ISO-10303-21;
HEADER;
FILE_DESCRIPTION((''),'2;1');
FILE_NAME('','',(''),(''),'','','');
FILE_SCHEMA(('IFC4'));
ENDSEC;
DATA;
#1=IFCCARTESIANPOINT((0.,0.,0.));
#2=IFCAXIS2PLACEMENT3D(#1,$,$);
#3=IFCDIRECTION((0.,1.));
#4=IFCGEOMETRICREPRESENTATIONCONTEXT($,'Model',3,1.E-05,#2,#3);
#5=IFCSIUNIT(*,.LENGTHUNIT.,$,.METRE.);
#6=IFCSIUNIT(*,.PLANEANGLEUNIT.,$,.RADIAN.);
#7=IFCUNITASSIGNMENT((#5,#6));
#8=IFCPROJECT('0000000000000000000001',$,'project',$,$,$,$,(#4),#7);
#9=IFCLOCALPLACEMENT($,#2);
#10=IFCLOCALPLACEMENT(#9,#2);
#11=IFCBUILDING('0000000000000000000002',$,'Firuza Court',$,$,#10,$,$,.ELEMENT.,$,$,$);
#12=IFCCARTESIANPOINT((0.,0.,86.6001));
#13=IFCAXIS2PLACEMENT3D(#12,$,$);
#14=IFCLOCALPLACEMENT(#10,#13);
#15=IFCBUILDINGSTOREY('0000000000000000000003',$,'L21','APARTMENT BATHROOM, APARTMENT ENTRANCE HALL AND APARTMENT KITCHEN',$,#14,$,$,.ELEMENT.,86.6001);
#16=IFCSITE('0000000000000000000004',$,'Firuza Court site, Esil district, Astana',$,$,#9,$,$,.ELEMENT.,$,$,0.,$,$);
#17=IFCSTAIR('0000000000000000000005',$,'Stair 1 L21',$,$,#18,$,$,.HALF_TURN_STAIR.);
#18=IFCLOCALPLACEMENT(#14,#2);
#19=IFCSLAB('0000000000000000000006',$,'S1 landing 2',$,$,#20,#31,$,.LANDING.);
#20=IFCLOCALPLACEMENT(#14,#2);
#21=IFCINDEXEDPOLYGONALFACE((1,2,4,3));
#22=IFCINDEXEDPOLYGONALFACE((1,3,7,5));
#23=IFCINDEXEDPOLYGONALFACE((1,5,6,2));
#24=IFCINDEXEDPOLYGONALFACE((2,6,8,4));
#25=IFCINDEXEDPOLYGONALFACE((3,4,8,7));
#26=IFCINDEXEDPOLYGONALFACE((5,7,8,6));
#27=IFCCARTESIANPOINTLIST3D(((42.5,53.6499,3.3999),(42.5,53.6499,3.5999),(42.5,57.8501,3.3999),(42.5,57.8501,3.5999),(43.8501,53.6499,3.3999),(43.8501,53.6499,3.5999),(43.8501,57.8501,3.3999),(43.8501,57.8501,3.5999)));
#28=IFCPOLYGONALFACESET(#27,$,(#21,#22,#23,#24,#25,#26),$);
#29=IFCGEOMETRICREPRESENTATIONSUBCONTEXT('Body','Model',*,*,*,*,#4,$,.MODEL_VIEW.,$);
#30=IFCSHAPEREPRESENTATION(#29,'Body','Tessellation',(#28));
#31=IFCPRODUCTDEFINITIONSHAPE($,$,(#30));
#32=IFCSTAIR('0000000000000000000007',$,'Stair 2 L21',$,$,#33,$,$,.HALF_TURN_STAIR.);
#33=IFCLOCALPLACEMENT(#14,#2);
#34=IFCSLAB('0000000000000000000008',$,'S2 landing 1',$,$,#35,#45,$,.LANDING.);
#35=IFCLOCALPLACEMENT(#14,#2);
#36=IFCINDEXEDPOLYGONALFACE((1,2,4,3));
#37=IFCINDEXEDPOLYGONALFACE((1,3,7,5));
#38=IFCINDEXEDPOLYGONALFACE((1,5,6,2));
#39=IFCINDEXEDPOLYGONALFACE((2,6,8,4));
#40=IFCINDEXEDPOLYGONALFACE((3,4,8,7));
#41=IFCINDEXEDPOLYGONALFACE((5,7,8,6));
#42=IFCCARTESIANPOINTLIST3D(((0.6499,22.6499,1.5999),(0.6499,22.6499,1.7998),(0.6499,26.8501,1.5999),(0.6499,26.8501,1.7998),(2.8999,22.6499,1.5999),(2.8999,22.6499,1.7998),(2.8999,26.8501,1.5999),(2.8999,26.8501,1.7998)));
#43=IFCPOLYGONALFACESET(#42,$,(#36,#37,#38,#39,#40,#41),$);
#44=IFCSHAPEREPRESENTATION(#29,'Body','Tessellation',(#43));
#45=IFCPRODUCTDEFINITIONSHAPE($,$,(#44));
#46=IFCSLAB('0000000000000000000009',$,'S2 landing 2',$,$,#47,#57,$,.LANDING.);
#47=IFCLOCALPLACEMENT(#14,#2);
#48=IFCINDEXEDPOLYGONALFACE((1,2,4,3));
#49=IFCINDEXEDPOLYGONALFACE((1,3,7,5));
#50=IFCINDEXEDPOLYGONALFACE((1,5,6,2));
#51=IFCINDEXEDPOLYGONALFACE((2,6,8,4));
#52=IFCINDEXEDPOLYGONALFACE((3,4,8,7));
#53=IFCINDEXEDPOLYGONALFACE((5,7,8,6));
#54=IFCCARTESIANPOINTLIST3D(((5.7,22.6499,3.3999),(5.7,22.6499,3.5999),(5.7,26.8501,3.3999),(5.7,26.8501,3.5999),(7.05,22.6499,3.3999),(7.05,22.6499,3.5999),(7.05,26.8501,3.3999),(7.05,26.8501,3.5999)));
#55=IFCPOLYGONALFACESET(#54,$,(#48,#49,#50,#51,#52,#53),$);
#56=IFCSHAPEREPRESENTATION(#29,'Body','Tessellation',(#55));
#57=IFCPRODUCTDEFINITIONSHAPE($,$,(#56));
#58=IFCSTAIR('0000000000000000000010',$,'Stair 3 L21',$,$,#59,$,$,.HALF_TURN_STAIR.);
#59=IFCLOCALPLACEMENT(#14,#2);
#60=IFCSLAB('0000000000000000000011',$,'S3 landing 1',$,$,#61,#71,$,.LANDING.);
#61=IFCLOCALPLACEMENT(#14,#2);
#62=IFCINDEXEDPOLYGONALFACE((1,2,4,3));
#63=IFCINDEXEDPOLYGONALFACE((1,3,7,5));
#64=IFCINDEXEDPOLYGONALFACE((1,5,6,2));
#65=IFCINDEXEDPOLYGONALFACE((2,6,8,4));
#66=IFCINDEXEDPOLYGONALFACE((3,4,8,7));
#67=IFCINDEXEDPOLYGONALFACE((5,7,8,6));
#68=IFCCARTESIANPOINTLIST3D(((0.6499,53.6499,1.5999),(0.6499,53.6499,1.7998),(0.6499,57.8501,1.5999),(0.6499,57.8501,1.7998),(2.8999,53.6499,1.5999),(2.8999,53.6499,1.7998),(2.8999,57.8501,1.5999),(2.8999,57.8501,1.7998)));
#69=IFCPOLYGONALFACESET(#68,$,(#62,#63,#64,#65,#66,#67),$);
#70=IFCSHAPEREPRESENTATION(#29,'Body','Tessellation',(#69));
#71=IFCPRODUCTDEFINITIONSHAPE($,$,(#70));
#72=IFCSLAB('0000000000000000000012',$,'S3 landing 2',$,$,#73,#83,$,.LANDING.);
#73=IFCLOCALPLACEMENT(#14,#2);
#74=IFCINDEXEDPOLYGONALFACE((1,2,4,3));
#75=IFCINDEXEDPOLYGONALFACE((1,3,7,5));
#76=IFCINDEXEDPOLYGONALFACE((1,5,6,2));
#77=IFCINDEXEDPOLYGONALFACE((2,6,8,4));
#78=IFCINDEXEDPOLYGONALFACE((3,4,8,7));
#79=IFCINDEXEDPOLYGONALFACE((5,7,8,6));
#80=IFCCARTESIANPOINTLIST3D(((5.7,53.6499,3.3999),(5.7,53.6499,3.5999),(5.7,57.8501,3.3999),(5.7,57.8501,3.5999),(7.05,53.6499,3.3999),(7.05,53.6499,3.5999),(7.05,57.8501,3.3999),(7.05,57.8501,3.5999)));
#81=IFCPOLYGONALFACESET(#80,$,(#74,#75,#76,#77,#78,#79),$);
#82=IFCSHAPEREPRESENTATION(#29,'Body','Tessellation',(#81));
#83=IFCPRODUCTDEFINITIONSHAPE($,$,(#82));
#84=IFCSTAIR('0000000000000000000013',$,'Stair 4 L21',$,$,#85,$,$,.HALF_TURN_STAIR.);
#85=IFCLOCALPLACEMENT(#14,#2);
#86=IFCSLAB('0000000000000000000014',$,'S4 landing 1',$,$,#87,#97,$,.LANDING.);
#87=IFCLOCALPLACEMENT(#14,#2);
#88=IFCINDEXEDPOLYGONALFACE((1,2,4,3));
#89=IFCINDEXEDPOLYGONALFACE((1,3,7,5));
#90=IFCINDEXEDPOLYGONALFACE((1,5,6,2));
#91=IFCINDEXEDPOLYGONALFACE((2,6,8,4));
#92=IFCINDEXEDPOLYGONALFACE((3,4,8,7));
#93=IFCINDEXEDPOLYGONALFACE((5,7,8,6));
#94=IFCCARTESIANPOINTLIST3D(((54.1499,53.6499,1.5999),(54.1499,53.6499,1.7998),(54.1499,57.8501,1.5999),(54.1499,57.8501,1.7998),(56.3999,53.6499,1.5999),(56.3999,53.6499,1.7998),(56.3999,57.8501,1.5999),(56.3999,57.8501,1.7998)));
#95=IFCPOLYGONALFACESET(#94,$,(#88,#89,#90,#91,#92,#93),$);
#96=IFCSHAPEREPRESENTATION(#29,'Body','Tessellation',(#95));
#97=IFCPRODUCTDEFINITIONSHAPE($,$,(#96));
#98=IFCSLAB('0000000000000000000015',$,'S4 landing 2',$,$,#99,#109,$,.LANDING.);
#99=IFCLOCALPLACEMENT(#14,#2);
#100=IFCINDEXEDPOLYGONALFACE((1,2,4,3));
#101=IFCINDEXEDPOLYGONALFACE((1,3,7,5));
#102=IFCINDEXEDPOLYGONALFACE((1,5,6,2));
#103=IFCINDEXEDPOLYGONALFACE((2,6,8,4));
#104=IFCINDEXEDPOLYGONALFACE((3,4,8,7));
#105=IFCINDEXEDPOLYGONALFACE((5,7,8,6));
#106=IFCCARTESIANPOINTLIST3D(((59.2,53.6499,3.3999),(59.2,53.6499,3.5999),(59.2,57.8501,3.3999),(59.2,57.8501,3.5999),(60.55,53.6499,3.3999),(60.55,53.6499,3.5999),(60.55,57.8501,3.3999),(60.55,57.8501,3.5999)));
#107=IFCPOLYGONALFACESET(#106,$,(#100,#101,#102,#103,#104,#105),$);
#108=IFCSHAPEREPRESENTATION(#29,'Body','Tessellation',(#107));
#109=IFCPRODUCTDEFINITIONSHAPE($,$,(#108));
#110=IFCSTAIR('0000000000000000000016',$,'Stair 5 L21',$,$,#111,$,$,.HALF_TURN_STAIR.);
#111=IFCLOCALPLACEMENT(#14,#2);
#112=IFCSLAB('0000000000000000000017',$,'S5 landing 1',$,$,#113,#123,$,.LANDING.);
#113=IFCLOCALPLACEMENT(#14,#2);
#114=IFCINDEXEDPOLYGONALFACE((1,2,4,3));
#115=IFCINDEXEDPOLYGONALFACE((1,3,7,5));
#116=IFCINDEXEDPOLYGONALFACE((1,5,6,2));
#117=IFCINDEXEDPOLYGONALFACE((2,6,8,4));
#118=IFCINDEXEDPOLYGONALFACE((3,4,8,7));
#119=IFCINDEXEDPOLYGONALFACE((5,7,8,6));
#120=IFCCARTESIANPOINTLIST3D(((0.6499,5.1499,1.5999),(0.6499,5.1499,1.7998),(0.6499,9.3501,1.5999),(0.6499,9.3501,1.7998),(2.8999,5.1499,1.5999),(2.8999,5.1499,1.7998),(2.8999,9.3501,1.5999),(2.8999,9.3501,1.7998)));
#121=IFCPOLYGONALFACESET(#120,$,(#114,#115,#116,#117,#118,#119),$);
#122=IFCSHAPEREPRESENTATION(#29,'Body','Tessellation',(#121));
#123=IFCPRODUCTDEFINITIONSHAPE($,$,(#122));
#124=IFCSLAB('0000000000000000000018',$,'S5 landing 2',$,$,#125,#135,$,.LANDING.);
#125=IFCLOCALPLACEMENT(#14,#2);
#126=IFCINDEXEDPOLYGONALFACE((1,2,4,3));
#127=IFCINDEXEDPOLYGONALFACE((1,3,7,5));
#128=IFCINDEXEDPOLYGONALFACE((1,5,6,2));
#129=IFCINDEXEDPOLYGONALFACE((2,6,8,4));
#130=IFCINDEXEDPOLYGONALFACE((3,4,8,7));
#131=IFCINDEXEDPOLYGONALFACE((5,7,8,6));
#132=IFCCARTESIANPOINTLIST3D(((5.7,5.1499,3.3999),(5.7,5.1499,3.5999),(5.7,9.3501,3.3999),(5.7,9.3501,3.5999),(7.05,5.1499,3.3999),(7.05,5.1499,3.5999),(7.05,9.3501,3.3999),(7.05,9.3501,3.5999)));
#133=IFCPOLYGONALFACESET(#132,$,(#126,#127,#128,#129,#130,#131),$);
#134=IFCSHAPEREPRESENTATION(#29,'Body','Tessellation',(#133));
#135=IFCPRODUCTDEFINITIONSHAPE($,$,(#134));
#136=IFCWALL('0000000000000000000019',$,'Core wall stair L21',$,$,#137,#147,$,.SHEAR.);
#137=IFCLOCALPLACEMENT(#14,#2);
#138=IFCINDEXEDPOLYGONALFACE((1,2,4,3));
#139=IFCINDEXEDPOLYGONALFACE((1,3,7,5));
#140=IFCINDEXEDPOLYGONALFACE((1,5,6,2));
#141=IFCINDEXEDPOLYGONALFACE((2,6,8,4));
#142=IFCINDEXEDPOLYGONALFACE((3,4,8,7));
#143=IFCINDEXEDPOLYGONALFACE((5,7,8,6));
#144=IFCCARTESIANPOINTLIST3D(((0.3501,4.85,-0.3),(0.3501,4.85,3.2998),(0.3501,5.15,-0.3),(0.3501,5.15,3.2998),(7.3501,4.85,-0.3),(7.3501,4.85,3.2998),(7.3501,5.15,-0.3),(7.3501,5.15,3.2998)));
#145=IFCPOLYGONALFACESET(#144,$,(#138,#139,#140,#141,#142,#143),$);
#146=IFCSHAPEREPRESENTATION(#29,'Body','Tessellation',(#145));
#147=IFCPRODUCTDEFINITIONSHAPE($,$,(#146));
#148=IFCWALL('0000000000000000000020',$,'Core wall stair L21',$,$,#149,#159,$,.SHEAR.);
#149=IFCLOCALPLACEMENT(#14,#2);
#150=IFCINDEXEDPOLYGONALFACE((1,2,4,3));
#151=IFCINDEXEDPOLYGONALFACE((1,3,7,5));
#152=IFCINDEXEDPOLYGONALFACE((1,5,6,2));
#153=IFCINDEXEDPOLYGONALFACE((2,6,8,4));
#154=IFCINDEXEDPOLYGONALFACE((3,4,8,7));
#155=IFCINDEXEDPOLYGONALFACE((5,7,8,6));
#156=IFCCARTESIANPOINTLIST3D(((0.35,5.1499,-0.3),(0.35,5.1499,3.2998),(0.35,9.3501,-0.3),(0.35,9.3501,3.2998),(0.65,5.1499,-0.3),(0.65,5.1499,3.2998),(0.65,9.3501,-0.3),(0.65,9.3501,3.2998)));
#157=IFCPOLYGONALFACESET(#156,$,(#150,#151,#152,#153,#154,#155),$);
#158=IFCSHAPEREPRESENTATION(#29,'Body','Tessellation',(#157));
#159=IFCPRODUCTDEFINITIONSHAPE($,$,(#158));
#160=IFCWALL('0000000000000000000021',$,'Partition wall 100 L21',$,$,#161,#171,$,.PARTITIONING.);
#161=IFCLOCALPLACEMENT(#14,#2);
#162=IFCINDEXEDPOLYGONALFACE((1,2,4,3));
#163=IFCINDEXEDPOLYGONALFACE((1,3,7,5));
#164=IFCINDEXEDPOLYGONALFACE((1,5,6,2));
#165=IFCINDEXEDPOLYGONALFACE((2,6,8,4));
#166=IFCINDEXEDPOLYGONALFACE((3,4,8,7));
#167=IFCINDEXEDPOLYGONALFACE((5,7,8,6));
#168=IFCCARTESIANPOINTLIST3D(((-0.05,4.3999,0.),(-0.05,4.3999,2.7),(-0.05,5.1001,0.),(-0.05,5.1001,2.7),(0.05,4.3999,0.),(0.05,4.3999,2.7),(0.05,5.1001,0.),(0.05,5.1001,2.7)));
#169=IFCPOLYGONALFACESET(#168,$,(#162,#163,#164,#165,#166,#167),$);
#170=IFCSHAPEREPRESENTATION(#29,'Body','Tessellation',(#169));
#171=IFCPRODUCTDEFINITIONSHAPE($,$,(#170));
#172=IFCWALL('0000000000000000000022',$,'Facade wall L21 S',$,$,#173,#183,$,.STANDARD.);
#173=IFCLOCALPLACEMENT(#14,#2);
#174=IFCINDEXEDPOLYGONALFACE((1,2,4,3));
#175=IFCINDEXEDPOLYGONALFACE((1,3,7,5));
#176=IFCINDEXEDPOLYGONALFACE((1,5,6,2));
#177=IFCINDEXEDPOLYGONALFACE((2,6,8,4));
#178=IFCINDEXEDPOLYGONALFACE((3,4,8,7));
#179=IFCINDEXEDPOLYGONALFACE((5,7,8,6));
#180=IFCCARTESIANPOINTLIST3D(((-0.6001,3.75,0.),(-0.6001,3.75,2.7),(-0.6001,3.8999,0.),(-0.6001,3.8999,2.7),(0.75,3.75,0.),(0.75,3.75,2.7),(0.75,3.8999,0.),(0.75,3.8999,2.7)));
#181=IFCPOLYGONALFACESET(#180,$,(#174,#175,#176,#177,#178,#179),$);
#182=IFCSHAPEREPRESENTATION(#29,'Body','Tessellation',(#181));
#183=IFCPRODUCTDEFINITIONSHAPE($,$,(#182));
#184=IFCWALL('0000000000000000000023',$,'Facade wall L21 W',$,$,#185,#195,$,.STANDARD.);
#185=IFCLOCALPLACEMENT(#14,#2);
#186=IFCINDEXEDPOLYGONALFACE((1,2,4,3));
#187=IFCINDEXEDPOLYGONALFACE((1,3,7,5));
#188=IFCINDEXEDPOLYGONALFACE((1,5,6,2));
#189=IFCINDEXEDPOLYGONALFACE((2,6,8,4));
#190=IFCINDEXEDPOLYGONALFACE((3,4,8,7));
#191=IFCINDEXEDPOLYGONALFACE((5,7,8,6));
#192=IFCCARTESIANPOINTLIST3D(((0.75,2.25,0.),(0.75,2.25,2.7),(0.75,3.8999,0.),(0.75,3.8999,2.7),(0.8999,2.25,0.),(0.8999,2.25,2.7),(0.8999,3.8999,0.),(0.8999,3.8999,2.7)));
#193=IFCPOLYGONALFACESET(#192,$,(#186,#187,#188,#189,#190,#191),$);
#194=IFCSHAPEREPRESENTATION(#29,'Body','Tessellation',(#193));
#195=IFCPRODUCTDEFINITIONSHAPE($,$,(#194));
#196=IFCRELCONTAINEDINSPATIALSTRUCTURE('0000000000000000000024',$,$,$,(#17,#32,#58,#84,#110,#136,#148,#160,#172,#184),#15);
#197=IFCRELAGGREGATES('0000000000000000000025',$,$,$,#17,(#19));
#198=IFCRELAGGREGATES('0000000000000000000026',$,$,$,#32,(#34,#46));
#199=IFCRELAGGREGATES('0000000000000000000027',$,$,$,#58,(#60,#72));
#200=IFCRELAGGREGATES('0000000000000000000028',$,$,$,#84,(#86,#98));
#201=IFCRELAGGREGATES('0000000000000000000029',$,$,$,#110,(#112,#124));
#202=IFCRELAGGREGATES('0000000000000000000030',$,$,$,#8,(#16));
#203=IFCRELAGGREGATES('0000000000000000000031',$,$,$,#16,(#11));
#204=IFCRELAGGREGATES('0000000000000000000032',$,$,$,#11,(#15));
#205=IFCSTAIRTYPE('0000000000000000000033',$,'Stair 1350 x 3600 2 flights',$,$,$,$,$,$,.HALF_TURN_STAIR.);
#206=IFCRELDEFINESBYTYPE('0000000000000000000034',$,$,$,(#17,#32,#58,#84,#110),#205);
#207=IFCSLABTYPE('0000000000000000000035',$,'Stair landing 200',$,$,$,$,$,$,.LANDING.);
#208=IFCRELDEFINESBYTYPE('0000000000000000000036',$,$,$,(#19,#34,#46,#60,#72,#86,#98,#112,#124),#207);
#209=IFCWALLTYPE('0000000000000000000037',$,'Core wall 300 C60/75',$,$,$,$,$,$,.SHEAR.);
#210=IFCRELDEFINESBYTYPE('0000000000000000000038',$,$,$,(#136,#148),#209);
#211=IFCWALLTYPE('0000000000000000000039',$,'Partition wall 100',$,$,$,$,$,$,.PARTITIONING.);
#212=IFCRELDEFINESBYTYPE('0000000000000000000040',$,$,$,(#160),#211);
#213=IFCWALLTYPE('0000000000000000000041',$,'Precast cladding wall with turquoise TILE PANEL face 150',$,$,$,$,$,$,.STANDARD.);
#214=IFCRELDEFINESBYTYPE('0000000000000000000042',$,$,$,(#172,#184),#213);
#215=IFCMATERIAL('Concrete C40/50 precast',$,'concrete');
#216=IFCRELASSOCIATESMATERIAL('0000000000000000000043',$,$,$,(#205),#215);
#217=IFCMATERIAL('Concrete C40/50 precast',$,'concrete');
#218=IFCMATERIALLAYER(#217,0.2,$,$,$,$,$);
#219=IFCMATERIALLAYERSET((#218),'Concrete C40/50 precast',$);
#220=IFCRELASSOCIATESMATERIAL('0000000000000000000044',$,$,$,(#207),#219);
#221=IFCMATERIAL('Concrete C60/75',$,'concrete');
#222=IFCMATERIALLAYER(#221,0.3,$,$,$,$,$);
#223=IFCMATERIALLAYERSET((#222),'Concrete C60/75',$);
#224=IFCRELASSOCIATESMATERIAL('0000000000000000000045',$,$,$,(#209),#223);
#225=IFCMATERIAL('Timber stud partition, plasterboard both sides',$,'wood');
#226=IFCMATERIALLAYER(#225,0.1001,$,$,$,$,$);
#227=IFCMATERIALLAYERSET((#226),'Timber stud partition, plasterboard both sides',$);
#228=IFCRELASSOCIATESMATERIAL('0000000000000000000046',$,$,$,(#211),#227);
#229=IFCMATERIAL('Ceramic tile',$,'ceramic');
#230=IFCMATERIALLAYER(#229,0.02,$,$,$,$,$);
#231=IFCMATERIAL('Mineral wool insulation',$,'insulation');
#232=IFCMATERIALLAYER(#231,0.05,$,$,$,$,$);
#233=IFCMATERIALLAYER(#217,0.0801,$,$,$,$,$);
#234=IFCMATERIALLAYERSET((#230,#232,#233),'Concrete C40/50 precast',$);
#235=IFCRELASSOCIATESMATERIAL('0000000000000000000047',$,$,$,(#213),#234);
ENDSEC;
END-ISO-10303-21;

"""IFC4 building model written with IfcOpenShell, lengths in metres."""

from ifc_helpers import new_model, si_unit, direction, frame, frame_2d, origin, place, context, subcontext, project, spatial, polyline, rectangle, outline, extrude, material, layer, layer_set, type_object, element, aggregate, save


model = new_model("IFC4")

# Units and contexts
model_context = context("Model", 3, precision=1e-05, world=origin(), true_north=direction((0.0, 1.0)))
body_context = subcontext(model_context, "Body", "Model", "MODEL_VIEW")
ifc_project = project(units=[si_unit("LENGTHUNIT", "METRE"), si_unit("PLANEANGLEUNIT", "RADIAN")], contexts=[model_context])

# Site, building, storey
site_placement = place(None, origin())
site = spatial("IfcSite", under=ifc_project, at=site_placement, Name="Firuza Court site, Esil district, Astana", CompositionType="ELEMENT", RefElevation=0.0)
building_placement = place(site_placement, origin())
building = spatial("IfcBuilding", under=site, at=building_placement, Name="Firuza Court", CompositionType="ELEMENT")
storey_placement = place(building_placement, frame((0.0, 0.0, 86.6001)))
storey = spatial("IfcBuildingStorey", under=building, at=storey_placement, Name="L21", Description="APARTMENT BATHROOM, APARTMENT ENTRANCE HALL AND APARTMENT KITCHEN", CompositionType="ELEMENT", Elevation=86.6001)

# Stairs, slabs
ifc_material_1 = material(Name="Concrete C40/50 precast", Category="concrete")
stair_type = type_object("IfcStairType", Name="Stair 1350 x 3600 2 flights", PredefinedType="HALF_TURN_STAIR", material=ifc_material_1)
stair_1_placement = place(storey_placement, origin())
stair_1 = element("IfcStair", 1, at=stair_1_placement, inside=storey, type_object=stair_type, Name="Stair 1 L21", PredefinedType="HALF_TURN_STAIR")
ifc_material_2 = material(Name="Concrete C40/50 precast", Category="concrete")
ifc_layer_1 = layer(ifc_material_2, 0.2)
ifc_layer_set_1 = layer_set([ifc_layer_1], Name="Concrete C40/50 precast")
slab_type_1 = type_object("IfcSlabType", Name="Stair landing 200", PredefinedType="LANDING", material=ifc_layer_set_1)
slab_1_placement = place(storey_placement, frame((0.0, 0.0, 3.3999)))
slab_1 = element("IfcSlab", 2, at=slab_1_placement, type_object=slab_type_1, Name="S1 landing 2", PredefinedType="LANDING", context=body_context, shape_type="SweptSolid", body=[
    extrude(outline(polyline([(43.8501, 53.6499), (43.8501, 57.8501), (42.5, 57.8501), (42.5, 53.6499), (43.8501, 53.6499)])), origin(), (0.0, 0.0, 1.0), 0.2),
])
aggregate(stair_1, [slab_1])
stair_2_placement = place(storey_placement, origin())
stair_2 = element("IfcStair", 3, at=stair_2_placement, inside=storey, type_object=stair_type, Name="Stair 2 L21", PredefinedType="HALF_TURN_STAIR")
slab_2_placement = place(storey_placement, frame((0.0, 0.0, 1.5999)))
slab_2 = element("IfcSlab", 4, at=slab_2_placement, type_object=slab_type_1, Name="S2 landing 1", PredefinedType="LANDING", context=body_context, shape_type="SweptSolid", body=[
    extrude(outline(polyline([(2.8999, 22.6499), (2.8999, 26.8501), (0.6499, 26.8501), (0.6499, 22.6499), (2.8999, 22.6499)])), origin(), (0.0, 0.0, 1.0), 0.2),
])
slab_3_placement = place(storey_placement, frame((0.0, 0.0, 3.3999)))
slab_3 = element("IfcSlab", 5, at=slab_3_placement, type_object=slab_type_1, Name="S2 landing 2", PredefinedType="LANDING", context=body_context, shape_type="SweptSolid", body=[
    extrude(outline(polyline([(7.05, 22.6499), (7.05, 26.8501), (5.7, 26.8501), (5.7, 22.6499), (7.05, 22.6499)])), origin(), (0.0, 0.0, 1.0), 0.2),
])
aggregate(stair_2, [slab_2, slab_3])
stair_3_placement = place(storey_placement, origin())
stair_3 = element("IfcStair", 6, at=stair_3_placement, inside=storey, type_object=stair_type, Name="Stair 3 L21", PredefinedType="HALF_TURN_STAIR")
slab_4_placement = place(storey_placement, frame((0.0, 0.0, 1.5999)))
slab_4 = element("IfcSlab", 7, at=slab_4_placement, type_object=slab_type_1, Name="S3 landing 1", PredefinedType="LANDING", context=body_context, shape_type="SweptSolid", body=[
    extrude(outline(polyline([(2.8999, 53.6499), (2.8999, 57.8501), (0.6499, 57.8501), (0.6499, 53.6499), (2.8999, 53.6499)])), origin(), (0.0, 0.0, 1.0), 0.2),
])
slab_5_placement = place(storey_placement, frame((0.0, 0.0, 3.3999)))
slab_5 = element("IfcSlab", 8, at=slab_5_placement, type_object=slab_type_1, Name="S3 landing 2", PredefinedType="LANDING", context=body_context, shape_type="SweptSolid", body=[
    extrude(outline(polyline([(7.05, 53.6499), (7.05, 57.8501), (5.7, 57.8501), (5.7, 53.6499), (7.05, 53.6499)])), origin(), (0.0, 0.0, 1.0), 0.2),
])
aggregate(stair_3, [slab_4, slab_5])
stair_4_placement = place(storey_placement, origin())
stair_4 = element("IfcStair", 9, at=stair_4_placement, inside=storey, type_object=stair_type, Name="Stair 4 L21", PredefinedType="HALF_TURN_STAIR")
slab_6_placement = place(storey_placement, frame((0.0, 0.0, 1.5999)))
slab_6 = element("IfcSlab", 10, at=slab_6_placement, type_object=slab_type_1, Name="S4 landing 1", PredefinedType="LANDING", context=body_context, shape_type="SweptSolid", body=[
    extrude(outline(polyline([(56.3999, 53.6499), (56.3999, 57.8501), (54.1499, 57.8501), (54.1499, 53.6499), (56.3999, 53.6499)])), origin(), (0.0, 0.0, 1.0), 0.2),
])
slab_7_placement = place(storey_placement, frame((0.0, 0.0, 3.3999)))
slab_7 = element("IfcSlab", 11, at=slab_7_placement, type_object=slab_type_1, Name="S4 landing 2", PredefinedType="LANDING", context=body_context, shape_type="SweptSolid", body=[
    extrude(outline(polyline([(60.55, 53.6499), (60.55, 57.8501), (59.2, 57.8501), (59.2, 53.6499), (60.55, 53.6499)])), origin(), (0.0, 0.0, 1.0), 0.2),
])
aggregate(stair_4, [slab_6, slab_7])
stair_5_placement = place(storey_placement, origin())
stair_5 = element("IfcStair", 12, at=stair_5_placement, inside=storey, type_object=stair_type, Name="Stair 5 L21", PredefinedType="HALF_TURN_STAIR")
slab_8_placement = place(storey_placement, frame((0.0, 0.0, 1.5999)))
slab_8 = element("IfcSlab", 13, at=slab_8_placement, type_object=slab_type_1, Name="S5 landing 1", PredefinedType="LANDING", context=body_context, shape_type="SweptSolid", body=[
    extrude(outline(polyline([(2.8999, 5.1499), (2.8999, 9.3501), (0.6499, 9.3501), (0.6499, 5.1499), (2.8999, 5.1499)])), origin(), (0.0, 0.0, 1.0), 0.2),
])
slab_9_placement = place(storey_placement, frame((0.0, 0.0, 3.3999)))
slab_9 = element("IfcSlab", 14, at=slab_9_placement, type_object=slab_type_1, Name="S5 landing 2", PredefinedType="LANDING", context=body_context, shape_type="SweptSolid", body=[
    extrude(outline(polyline([(7.05, 5.1499), (7.05, 9.3501), (5.7, 9.3501), (5.7, 5.1499), (7.05, 5.1499)])), origin(), (0.0, 0.0, 1.0), 0.2),
])
aggregate(stair_5, [slab_8, slab_9])

# Walls
ifc_material_3 = material(Name="Concrete C60/75", Category="concrete")
ifc_layer_2 = layer(ifc_material_3, 0.3)
ifc_layer_set_2 = layer_set([ifc_layer_2], Name="Concrete C60/75")
wall_type_1 = type_object("IfcWallType", Name="Core wall 300 C60/75", PredefinedType="SHEAR", material=ifc_layer_set_2)
wall_1_placement = place(storey_placement, frame((0.3501, 5.0, -0.3), z_axis=(0.0, 0.0, 1.0), x_axis=(1.0, 0.0, 0.0)))
element("IfcWall", 15, at=wall_1_placement, inside=storey, type_object=wall_type_1, Name="Core wall stair L21", PredefinedType="SHEAR", context=body_context, shape_type="SweptSolid", body=[
    extrude(rectangle(XDim=7.0, YDim=0.3, at=frame_2d((3.5, 0.0))), origin(), (0.0, 0.0, 1.0), 3.5999),
])
wall_2_placement = place(storey_placement, frame((0.5, 5.1499, -0.3), z_axis=(0.0, 0.0, 1.0), x_axis=(0.0, 1.0, 0.0)))
element("IfcWall", 16, at=wall_2_placement, inside=storey, type_object=wall_type_1, Name="Core wall stair L21", PredefinedType="SHEAR", context=body_context, shape_type="SweptSolid", body=[
    extrude(rectangle(XDim=4.2002, YDim=0.3, at=frame_2d((2.1001, 0.0))), origin(), (0.0, 0.0, 1.0), 3.5999),
])
ifc_material_4 = material(Name="Timber stud partition, plasterboard both sides", Category="wood")
ifc_layer_3 = layer(ifc_material_4, 0.1001)
ifc_layer_set_3 = layer_set([ifc_layer_3], Name="Timber stud partition, plasterboard both sides")
wall_type_2 = type_object("IfcWallType", Name="Partition wall 100", PredefinedType="PARTITIONING", material=ifc_layer_set_3)
wall_3_placement = place(storey_placement, frame((0.0, 4.3999, 0.0), z_axis=(0.0, 0.0, 1.0), x_axis=(0.0, 1.0, 0.0)))
element("IfcWall", 17, at=wall_3_placement, inside=storey, type_object=wall_type_2, Name="Partition wall 100 L21", PredefinedType="PARTITIONING", context=body_context, shape_type="SweptSolid", body=[
    extrude(rectangle(XDim=0.7002, YDim=0.1001, at=frame_2d((0.3501, 0.0))), origin(), (0.0, 0.0, 1.0), 2.7),
])
ifc_material_5 = material(Name="Ceramic tile", Category="ceramic")
ifc_layer_4 = layer(ifc_material_5, 0.02)
ifc_material_6 = material(Name="Mineral wool insulation", Category="insulation")
ifc_layer_5 = layer(ifc_material_6, 0.05)
ifc_layer_6 = layer(ifc_material_2, 0.0801)
ifc_layer_set_4 = layer_set([ifc_layer_4, ifc_layer_5, ifc_layer_6], Name="Concrete C40/50 precast")
wall_type_3 = type_object("IfcWallType", Name="Precast cladding wall with turquoise TILE PANEL face 150", PredefinedType="STANDARD", material=ifc_layer_set_4)
wall_4_placement = place(storey_placement, frame((-0.6001, 3.825, 0.0), z_axis=(0.0, 0.0, 1.0), x_axis=(1.0, 0.0, 0.0)))
element("IfcWall", 18, at=wall_4_placement, inside=storey, type_object=wall_type_3, Name="Facade wall L21 S", PredefinedType="STANDARD", context=body_context, shape_type="SweptSolid", body=[
    extrude(rectangle(XDim=1.3501, YDim=0.1499, at=frame_2d((0.675, 0.0))), origin(), (0.0, 0.0, 1.0), 2.7),
])
wall_5_placement = place(storey_placement, frame((0.825, 3.8999, 0.0), z_axis=(0.0, 0.0, 1.0), x_axis=(0.0, -1.0, 0.0)))
element("IfcWall", 19, at=wall_5_placement, inside=storey, type_object=wall_type_3, Name="Facade wall L21 W", PredefinedType="STANDARD", context=body_context, shape_type="SweptSolid", body=[
    extrude(rectangle(XDim=1.6499, YDim=0.1499, at=frame_2d((0.825, 0.0))), origin(), (0.0, 0.0, 1.0), 2.7),
])

save(model, "model.ifc")
